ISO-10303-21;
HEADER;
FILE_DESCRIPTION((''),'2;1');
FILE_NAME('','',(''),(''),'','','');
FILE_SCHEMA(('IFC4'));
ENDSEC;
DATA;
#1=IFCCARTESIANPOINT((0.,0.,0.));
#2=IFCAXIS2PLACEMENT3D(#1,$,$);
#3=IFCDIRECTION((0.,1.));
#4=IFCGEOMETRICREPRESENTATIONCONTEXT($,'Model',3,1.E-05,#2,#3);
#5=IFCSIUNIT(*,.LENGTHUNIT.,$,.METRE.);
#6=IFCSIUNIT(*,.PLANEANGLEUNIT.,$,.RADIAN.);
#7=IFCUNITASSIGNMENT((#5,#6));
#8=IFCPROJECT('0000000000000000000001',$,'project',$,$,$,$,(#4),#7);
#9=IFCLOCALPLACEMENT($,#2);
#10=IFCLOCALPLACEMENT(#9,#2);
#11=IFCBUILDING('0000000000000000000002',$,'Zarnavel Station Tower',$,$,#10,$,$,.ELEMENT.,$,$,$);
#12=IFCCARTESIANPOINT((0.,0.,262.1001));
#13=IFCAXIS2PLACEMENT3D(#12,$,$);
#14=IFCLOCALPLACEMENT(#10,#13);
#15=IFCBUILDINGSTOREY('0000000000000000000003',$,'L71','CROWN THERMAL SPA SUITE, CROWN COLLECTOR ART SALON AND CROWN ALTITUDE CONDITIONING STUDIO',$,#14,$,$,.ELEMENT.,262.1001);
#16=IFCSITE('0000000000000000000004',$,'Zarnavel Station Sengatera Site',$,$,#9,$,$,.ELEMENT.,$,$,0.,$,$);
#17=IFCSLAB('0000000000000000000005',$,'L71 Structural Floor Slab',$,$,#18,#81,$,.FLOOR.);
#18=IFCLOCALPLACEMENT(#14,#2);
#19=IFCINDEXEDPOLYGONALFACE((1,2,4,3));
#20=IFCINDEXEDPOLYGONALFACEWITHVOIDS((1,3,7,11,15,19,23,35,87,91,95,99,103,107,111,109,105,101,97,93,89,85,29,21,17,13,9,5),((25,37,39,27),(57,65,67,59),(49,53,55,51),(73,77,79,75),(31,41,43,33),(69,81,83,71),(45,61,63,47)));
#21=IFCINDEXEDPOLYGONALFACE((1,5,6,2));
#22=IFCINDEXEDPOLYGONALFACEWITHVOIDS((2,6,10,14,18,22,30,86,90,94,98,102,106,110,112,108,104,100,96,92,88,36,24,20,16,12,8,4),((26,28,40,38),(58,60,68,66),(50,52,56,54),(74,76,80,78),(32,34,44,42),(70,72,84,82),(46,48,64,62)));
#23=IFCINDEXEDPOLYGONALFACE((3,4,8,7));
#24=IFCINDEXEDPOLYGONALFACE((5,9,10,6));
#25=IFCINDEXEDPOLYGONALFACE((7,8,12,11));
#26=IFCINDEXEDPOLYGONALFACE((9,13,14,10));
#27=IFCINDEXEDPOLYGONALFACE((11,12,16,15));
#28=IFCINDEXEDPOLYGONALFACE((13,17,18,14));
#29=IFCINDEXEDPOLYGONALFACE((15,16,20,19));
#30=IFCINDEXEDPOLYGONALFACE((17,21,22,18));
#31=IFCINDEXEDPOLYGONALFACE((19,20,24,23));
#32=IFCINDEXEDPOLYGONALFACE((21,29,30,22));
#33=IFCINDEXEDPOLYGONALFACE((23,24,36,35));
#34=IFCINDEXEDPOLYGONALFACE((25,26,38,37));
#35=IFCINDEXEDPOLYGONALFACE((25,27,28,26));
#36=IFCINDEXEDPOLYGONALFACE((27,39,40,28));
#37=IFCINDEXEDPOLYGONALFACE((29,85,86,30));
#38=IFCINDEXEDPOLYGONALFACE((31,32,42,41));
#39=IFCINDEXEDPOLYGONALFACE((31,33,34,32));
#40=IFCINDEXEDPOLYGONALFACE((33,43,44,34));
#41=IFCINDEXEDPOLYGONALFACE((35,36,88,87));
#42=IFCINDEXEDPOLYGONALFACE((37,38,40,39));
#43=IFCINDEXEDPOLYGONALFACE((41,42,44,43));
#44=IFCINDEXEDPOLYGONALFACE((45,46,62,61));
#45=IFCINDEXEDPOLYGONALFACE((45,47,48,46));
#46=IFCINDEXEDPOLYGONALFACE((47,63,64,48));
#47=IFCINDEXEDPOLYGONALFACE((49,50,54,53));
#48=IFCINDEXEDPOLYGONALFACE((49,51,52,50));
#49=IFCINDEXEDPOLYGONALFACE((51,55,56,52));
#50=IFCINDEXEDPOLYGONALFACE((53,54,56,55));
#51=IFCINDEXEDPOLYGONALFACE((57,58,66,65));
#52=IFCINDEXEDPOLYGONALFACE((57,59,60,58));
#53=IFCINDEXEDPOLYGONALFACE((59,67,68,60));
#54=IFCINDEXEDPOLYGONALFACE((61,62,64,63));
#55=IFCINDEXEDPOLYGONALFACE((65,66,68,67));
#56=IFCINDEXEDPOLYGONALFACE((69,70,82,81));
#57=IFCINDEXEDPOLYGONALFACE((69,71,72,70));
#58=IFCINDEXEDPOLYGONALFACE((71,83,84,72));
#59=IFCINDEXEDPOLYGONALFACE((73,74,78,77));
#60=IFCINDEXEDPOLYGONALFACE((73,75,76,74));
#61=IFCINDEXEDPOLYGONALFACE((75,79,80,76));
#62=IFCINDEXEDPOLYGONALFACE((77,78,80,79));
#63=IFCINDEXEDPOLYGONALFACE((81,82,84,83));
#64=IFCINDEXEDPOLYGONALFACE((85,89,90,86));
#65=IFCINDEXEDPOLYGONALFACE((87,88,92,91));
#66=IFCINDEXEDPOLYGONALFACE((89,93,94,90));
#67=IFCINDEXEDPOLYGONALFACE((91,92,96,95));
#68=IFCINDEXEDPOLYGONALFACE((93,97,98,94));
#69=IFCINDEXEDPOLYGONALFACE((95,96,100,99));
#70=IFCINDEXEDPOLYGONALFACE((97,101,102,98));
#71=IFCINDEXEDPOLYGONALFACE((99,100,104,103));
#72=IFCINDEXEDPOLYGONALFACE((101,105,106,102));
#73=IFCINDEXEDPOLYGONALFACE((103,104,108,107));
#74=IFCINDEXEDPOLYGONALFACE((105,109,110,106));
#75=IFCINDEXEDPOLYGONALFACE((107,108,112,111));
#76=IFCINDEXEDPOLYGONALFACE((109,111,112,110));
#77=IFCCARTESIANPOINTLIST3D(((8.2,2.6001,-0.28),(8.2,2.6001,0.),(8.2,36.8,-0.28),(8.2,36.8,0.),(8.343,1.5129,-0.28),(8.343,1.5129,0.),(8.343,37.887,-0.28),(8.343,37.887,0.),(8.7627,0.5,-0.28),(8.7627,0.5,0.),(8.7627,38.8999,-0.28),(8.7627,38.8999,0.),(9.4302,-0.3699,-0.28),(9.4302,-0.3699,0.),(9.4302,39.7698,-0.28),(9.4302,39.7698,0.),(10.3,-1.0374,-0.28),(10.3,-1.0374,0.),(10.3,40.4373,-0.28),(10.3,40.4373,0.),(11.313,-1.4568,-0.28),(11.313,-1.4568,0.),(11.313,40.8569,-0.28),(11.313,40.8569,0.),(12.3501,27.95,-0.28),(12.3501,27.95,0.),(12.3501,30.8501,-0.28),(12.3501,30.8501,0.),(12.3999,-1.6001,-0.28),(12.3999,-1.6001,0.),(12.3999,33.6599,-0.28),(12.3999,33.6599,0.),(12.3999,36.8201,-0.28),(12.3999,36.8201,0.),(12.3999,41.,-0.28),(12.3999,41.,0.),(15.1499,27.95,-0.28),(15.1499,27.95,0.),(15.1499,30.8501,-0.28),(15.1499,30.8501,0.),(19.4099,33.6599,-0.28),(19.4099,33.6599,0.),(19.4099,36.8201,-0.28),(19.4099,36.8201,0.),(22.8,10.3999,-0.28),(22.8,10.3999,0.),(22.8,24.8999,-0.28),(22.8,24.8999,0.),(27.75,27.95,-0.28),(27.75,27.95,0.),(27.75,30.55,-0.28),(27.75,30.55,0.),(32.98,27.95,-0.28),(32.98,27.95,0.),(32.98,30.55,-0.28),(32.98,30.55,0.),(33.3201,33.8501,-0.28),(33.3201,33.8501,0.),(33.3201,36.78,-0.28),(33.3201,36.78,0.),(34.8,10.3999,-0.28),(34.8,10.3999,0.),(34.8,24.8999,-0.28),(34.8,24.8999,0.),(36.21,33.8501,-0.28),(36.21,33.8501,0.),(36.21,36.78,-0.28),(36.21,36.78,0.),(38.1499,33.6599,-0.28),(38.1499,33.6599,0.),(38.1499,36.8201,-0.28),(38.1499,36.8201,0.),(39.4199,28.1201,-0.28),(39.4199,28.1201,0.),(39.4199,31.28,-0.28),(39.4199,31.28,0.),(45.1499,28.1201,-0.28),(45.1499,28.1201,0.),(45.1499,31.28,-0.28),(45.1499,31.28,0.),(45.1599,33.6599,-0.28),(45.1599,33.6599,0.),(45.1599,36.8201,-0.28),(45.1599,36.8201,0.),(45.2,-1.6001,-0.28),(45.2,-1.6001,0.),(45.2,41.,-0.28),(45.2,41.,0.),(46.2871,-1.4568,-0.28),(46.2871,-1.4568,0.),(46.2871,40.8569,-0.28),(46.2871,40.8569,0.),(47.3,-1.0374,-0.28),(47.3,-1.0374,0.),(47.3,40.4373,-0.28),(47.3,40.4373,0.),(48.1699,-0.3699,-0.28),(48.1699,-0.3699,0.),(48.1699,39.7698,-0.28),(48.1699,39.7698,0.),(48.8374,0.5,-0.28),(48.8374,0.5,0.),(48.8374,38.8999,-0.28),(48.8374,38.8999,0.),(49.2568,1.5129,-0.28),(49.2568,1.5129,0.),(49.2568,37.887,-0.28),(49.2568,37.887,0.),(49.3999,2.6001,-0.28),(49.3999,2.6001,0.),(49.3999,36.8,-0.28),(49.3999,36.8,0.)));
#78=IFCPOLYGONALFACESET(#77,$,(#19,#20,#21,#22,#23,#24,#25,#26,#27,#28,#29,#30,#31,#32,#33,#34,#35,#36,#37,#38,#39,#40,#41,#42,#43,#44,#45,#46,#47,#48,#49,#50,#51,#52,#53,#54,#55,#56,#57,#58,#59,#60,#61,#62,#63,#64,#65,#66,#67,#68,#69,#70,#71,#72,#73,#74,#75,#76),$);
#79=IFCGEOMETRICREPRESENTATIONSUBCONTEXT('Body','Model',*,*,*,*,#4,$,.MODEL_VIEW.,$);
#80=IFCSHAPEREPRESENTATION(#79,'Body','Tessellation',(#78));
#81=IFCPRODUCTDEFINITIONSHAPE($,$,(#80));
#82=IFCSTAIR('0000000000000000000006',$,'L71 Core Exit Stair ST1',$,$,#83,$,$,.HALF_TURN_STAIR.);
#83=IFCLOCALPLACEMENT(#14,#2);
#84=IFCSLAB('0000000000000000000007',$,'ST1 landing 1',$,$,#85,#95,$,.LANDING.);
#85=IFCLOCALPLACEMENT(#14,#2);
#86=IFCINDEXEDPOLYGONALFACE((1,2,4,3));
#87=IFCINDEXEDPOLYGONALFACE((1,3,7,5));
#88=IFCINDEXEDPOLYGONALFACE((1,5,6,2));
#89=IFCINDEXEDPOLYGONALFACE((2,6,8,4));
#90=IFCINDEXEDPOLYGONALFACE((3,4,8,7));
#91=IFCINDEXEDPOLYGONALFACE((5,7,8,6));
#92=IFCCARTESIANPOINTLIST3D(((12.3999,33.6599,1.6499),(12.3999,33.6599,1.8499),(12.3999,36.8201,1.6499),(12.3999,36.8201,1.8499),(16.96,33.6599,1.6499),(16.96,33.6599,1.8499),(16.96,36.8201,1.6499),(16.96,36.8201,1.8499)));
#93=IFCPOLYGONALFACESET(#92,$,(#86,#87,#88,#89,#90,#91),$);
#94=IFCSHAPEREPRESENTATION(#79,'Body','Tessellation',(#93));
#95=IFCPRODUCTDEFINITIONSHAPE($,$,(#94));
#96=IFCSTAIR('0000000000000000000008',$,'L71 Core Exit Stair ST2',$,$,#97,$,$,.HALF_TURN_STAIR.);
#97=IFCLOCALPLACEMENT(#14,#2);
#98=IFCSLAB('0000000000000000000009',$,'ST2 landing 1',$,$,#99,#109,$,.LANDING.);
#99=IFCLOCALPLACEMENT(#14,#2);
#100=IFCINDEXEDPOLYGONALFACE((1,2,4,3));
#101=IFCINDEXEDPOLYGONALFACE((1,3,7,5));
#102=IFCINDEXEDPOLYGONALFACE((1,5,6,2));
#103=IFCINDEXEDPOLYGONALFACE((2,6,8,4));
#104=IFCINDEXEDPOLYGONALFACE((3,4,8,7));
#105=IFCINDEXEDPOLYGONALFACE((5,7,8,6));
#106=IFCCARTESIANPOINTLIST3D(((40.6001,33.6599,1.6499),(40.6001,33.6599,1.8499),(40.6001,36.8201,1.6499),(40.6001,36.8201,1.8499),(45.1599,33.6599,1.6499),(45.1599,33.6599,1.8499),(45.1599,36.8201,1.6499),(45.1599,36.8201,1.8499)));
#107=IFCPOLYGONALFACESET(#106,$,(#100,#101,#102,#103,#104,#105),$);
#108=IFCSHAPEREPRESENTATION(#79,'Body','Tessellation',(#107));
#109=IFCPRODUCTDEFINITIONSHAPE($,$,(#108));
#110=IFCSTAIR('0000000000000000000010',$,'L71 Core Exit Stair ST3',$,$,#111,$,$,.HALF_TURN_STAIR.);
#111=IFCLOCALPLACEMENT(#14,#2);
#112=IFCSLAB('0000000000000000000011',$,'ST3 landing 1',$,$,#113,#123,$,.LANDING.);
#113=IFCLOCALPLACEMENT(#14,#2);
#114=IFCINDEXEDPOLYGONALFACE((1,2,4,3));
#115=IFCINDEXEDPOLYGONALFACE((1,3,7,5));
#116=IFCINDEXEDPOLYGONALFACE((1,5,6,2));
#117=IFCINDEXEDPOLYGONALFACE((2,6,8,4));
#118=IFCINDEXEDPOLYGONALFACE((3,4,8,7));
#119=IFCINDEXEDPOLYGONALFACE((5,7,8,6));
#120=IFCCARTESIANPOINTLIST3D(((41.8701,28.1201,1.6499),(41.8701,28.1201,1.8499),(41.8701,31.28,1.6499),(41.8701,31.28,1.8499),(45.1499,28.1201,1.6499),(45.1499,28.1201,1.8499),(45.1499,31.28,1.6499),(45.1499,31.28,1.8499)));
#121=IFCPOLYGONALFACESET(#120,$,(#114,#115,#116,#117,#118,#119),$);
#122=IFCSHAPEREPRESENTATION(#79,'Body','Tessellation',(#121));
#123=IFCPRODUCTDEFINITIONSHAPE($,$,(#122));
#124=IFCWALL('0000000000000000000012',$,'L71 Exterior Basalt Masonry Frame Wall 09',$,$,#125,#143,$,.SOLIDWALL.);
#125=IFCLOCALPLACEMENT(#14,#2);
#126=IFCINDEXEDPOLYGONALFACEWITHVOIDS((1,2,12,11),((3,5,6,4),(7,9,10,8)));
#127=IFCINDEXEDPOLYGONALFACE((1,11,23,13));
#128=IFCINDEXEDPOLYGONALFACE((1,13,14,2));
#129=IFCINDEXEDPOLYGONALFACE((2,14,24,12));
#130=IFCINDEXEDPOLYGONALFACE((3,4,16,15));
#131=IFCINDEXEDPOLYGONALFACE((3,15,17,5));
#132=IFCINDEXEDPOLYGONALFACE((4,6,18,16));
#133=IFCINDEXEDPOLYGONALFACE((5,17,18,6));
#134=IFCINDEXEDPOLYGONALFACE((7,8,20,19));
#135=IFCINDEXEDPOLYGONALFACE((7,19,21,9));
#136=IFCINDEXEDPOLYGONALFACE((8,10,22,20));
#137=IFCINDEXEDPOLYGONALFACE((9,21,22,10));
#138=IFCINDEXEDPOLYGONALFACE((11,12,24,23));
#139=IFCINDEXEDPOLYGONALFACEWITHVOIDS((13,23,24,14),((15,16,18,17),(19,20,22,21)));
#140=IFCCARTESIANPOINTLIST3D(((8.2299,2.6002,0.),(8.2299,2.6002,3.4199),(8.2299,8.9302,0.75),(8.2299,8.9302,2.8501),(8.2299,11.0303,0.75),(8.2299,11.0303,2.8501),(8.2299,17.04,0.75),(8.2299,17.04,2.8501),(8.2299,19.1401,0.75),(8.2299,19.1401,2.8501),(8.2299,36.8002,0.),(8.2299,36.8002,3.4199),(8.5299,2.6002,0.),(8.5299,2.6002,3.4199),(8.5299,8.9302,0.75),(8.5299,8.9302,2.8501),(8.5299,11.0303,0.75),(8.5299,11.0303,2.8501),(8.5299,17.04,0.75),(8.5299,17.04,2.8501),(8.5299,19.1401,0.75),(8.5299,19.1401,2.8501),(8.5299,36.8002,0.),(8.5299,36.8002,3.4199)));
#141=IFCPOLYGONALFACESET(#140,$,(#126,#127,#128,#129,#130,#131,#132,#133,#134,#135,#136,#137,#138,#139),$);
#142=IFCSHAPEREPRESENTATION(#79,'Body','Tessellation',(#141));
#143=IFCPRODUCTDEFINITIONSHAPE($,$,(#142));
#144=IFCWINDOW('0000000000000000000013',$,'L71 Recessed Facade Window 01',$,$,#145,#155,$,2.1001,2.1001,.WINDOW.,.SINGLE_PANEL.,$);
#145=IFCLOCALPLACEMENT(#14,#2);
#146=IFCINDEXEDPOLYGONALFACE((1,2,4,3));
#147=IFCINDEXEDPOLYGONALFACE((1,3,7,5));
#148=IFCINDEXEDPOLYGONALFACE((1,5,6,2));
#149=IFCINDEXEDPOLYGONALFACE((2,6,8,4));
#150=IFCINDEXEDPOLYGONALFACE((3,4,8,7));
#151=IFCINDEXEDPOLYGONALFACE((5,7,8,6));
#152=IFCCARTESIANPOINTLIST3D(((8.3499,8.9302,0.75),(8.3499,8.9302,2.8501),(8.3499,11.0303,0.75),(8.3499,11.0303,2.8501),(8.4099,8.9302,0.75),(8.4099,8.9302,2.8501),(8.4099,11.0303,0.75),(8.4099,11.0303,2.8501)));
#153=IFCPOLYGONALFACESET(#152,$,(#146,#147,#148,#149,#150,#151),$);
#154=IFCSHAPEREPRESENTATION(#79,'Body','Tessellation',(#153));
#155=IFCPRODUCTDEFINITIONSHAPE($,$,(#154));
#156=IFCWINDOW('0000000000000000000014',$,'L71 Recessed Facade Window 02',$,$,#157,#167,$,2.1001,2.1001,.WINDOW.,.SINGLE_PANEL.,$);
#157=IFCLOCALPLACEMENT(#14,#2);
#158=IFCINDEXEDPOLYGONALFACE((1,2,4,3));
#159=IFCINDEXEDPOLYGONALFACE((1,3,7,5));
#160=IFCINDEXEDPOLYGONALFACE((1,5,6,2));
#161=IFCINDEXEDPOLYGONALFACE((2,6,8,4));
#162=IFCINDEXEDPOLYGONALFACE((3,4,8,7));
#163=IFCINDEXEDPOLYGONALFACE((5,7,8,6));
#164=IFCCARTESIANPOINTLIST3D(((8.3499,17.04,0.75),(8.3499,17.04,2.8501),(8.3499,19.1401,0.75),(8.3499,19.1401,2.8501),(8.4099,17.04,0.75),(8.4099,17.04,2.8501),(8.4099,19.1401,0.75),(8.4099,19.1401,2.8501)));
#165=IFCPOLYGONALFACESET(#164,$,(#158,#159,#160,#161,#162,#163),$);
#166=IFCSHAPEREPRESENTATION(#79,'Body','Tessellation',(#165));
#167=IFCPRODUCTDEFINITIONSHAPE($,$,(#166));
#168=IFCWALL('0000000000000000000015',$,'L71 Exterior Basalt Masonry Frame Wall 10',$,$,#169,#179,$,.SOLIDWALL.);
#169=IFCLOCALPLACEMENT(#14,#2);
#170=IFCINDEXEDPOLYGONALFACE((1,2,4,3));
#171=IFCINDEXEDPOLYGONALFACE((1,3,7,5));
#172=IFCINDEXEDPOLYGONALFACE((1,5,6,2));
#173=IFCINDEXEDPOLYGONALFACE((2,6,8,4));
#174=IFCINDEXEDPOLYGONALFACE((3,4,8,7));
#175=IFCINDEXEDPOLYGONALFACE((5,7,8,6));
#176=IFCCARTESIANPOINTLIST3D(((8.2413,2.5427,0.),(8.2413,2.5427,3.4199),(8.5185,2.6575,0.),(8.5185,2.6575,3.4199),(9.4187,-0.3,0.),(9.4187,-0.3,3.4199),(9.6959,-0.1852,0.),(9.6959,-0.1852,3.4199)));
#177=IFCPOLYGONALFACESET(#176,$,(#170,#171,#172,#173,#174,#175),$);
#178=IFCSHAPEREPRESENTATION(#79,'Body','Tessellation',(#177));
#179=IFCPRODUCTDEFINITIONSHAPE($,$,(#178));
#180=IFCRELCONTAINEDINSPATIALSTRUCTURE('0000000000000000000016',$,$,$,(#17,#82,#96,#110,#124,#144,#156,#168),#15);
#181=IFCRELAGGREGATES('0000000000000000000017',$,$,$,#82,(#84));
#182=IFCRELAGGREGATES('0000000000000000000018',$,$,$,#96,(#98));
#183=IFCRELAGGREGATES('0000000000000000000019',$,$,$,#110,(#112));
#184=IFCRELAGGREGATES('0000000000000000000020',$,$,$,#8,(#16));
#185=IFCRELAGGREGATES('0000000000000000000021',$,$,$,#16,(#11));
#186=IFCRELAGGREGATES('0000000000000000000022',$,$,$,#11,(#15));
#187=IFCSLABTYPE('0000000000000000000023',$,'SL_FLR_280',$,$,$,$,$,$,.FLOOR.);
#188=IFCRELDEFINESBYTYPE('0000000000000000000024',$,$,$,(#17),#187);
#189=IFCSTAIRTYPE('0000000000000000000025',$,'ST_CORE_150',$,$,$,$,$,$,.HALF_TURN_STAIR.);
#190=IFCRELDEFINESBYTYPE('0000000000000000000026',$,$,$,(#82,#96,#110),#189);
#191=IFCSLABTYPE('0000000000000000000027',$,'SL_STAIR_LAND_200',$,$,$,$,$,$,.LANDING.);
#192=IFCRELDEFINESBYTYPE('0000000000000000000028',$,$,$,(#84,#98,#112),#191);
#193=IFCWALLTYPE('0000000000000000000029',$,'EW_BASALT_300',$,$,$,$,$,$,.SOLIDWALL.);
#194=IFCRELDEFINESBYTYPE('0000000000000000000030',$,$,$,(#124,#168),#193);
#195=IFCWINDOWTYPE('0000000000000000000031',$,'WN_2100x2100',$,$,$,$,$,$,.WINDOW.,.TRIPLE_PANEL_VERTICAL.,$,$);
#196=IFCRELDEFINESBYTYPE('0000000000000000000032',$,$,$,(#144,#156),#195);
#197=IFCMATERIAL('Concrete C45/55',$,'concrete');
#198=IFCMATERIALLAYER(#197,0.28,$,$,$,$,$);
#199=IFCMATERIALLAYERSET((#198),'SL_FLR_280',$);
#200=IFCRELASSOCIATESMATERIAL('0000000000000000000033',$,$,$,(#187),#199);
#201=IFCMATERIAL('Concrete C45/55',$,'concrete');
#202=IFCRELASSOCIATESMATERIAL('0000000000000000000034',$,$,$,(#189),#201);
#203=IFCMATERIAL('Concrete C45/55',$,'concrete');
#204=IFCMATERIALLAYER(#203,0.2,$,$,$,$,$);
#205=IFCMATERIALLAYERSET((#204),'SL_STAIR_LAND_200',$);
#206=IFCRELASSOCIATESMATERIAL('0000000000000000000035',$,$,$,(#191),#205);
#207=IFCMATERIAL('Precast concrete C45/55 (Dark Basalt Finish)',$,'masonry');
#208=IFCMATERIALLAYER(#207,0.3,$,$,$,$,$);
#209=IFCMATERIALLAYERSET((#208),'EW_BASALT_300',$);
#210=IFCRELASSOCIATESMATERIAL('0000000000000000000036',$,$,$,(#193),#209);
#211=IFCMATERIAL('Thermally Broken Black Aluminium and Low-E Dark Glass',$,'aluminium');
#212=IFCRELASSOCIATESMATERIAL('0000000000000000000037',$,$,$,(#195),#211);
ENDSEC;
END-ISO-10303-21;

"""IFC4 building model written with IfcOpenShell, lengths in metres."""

from ifc_helpers import new_model, si_unit, direction, frame, frame_2d, origin, place, context, subcontext, project, spatial, polyline, rectangle, outline, extrude, material, layer, layer_set, type_object, element, fill, aggregate, save


model = new_model("IFC4")

# Units and contexts
model_context = context("Model", 3, precision=1e-05, world=origin(), true_north=direction((0.0, 1.0)))
body_context = subcontext(model_context, "Body", "Model", "MODEL_VIEW")
ifc_project = project(units=[si_unit("LENGTHUNIT", "METRE"), si_unit("PLANEANGLEUNIT", "RADIAN")], contexts=[model_context])

# Site, building, storey
site_placement = place(None, origin())
site = spatial("IfcSite", under=ifc_project, at=site_placement, Name="Zarnavel Station Sengatera Site", CompositionType="ELEMENT", RefElevation=0.0)
building_placement = place(site_placement, origin())
building = spatial("IfcBuilding", under=site, at=building_placement, Name="Zarnavel Station Tower", CompositionType="ELEMENT")
storey_placement = place(building_placement, frame((0.0, 0.0, 262.1001)))
storey = spatial("IfcBuildingStorey", under=building, at=storey_placement, Name="L71", Description="CROWN THERMAL SPA SUITE, CROWN COLLECTOR ART SALON AND CROWN ALTITUDE CONDITIONING STUDIO", CompositionType="ELEMENT", Elevation=262.1001)

# Slab
ifc_material_1 = material(Name="Concrete C45/55", Category="concrete")
ifc_layer_1 = layer(ifc_material_1, 0.28)
ifc_layer_set_1 = layer_set([ifc_layer_1], Name="SL_FLR_280")
slab_type_1 = type_object("IfcSlabType", Name="SL_FLR_280", PredefinedType="FLOOR", material=ifc_layer_set_1)
slab_1_placement = place(storey_placement, frame((0.0, 0.0, -0.28)))
element("IfcSlab", 1, at=slab_1_placement, inside=storey, type_object=slab_type_1, Name="L71 Structural Floor Slab", PredefinedType="FLOOR", context=body_context, shape_type="SweptSolid", body=[
    extrude(outline(polyline([(45.2, -1.6001), (46.2871, -1.4568), (47.3, -1.0374), (48.1699, -0.3699), (48.8374, 0.5), (49.2568, 1.5129), (49.3999, 2.6001), (49.3999, 36.8), (49.2568, 37.887), (48.8374, 38.8999), (48.1699, 39.7698), (47.3, 40.4373), (46.2871, 40.8569), (45.2, 41.0), (12.3999, 41.0), (11.313, 40.8569), (10.3, 40.4373), (9.4302, 39.7698), (8.7627, 38.8999), (8.343, 37.887), (8.2, 36.8), (8.2, 2.6001), (8.343, 1.5129), (8.7627, 0.5), (9.4302, -0.3699), (10.3, -1.0374), (11.313, -1.4568), (12.3999, -1.6001), (45.2, -1.6001)]), holes=[polyline([(12.3999, 33.6599), (19.4099, 33.6599), (19.4099, 36.8201), (12.3999, 36.8201), (12.3999, 33.6599)]), polyline([(38.1499, 33.6599), (45.1599, 33.6599), (45.1599, 36.8201), (38.1499, 36.8201), (38.1499, 33.6599)]), polyline([(39.4199, 28.1201), (45.1499, 28.1201), (45.1499, 31.28), (39.4199, 31.28), (39.4199, 28.1201)]), polyline([(12.3501, 27.95), (15.1499, 27.95), (15.1499, 30.8501), (12.3501, 30.8501), (12.3501, 27.95)]), polyline([(33.3201, 33.8501), (36.21, 33.8501), (36.21, 36.78), (33.3201, 36.78), (33.3201, 33.8501)]), polyline([(27.75, 27.95), (32.98, 27.95), (32.98, 30.55), (27.75, 30.55), (27.75, 27.95)]), polyline([(22.8, 10.3999), (34.8, 10.3999), (34.8, 24.8999), (22.8, 24.8999), (22.8, 10.3999)])]), origin(), (0.0, 0.0, 1.0), 0.28),
])

# Stairs, slabs
ifc_material_2 = material(Name="Concrete C45/55", Category="concrete")
stair_type = type_object("IfcStairType", Name="ST_CORE_150", PredefinedType="HALF_TURN_STAIR", material=ifc_material_2)
stair_1_placement = place(storey_placement, origin())
stair_1 = element("IfcStair", 2, at=stair_1_placement, inside=storey, type_object=stair_type, Name="L71 Core Exit Stair ST1", PredefinedType="HALF_TURN_STAIR")
ifc_material_3 = material(Name="Concrete C45/55", Category="concrete")
ifc_layer_2 = layer(ifc_material_3, 0.2)
ifc_layer_set_2 = layer_set([ifc_layer_2], Name="SL_STAIR_LAND_200")
slab_type_2 = type_object("IfcSlabType", Name="SL_STAIR_LAND_200", PredefinedType="LANDING", material=ifc_layer_set_2)
slab_2_placement = place(storey_placement, frame((0.0, 0.0, 1.6499)))
slab_2 = element("IfcSlab", 3, at=slab_2_placement, type_object=slab_type_2, Name="ST1 landing 1", PredefinedType="LANDING", context=body_context, shape_type="SweptSolid", body=[
    extrude(outline(polyline([(16.96, 36.8201), (12.3999, 36.8201), (12.3999, 33.6599), (16.96, 33.6599), (16.96, 36.8201)])), origin(), (0.0, 0.0, 1.0), 0.2),
])
aggregate(stair_1, [slab_2])
stair_2_placement = place(storey_placement, origin())
stair_2 = element("IfcStair", 4, at=stair_2_placement, inside=storey, type_object=stair_type, Name="L71 Core Exit Stair ST2", PredefinedType="HALF_TURN_STAIR")
slab_3_placement = place(storey_placement, frame((0.0, 0.0, 1.6499)))
slab_3 = element("IfcSlab", 5, at=slab_3_placement, type_object=slab_type_2, Name="ST2 landing 1", PredefinedType="LANDING", context=body_context, shape_type="SweptSolid", body=[
    extrude(outline(polyline([(40.6001, 33.6599), (45.1599, 33.6599), (45.1599, 36.8201), (40.6001, 36.8201), (40.6001, 33.6599)])), origin(), (0.0, 0.0, 1.0), 0.2),
])
aggregate(stair_2, [slab_3])
stair_3_placement = place(storey_placement, origin())
stair_3 = element("IfcStair", 6, at=stair_3_placement, inside=storey, type_object=stair_type, Name="L71 Core Exit Stair ST3", PredefinedType="HALF_TURN_STAIR")
slab_4_placement = place(storey_placement, frame((0.0, 0.0, 1.6499)))
slab_4 = element("IfcSlab", 7, at=slab_4_placement, type_object=slab_type_2, Name="ST3 landing 1", PredefinedType="LANDING", context=body_context, shape_type="SweptSolid", body=[
    extrude(outline(polyline([(41.8701, 28.1201), (45.1499, 28.1201), (45.1499, 31.28), (41.8701, 31.28), (41.8701, 28.1201)])), origin(), (0.0, 0.0, 1.0), 0.2),
])
aggregate(stair_3, [slab_4])

# Wall, openings, windows
ifc_material_4 = material(Name="Precast concrete C45/55 (Dark Basalt Finish)", Category="masonry")
ifc_layer_3 = layer(ifc_material_4, 0.3)
ifc_layer_set_3 = layer_set([ifc_layer_3], Name="EW_BASALT_300")
wall_type_1 = type_object("IfcWallType", Name="EW_BASALT_300", PredefinedType="SOLIDWALL", material=ifc_layer_set_3)
wall_1_placement = place(storey_placement, frame((8.3799, 2.6001, 0.0), z_axis=(0.0, 0.0, 1.0), x_axis=(0.0, 1.0, 0.0)))
wall_1 = element("IfcWall", 8, at=wall_1_placement, inside=storey, type_object=wall_type_1, Name="L71 Exterior Basalt Masonry Frame Wall 09", PredefinedType="SOLIDWALL", context=body_context, shape_type="SweptSolid", body=[
    extrude(rectangle(XDim=34.2, YDim=0.3, at=frame_2d((17.1001, 0.0))), origin(), (0.0, 0.0, 1.0), 3.4199),
])
opening_1_placement = place(wall_1_placement, frame((6.3301, 0.0, 0.75)))
opening_1 = element("IfcOpeningElement", 9, at=opening_1_placement, cuts=wall_1, PredefinedType="OPENING", context=body_context, shape_type="SweptSolid", body=[
    extrude(rectangle(XDim=2.1001, YDim=2.1001, at=frame_2d((1.05, 1.05))), frame((0.0, 0.1599, 0.0), z_axis=(0.0, -1.0, 0.0), x_axis=(1.0, 0.0, 0.0)), (0.0, 0.0, 1.0), 0.3201),
])
opening_2_placement = place(wall_1_placement, frame((14.4399, 0.0, 0.75)))
opening_2 = element("IfcOpeningElement", 10, at=opening_2_placement, cuts=wall_1, PredefinedType="OPENING", context=body_context, shape_type="SweptSolid", body=[
    extrude(rectangle(XDim=2.1001, YDim=2.1001, at=frame_2d((1.05, 1.05))), frame((0.0, 0.1599, 0.0), z_axis=(0.0, -1.0, 0.0), x_axis=(1.0, 0.0, 0.0)), (0.0, 0.0, 1.0), 0.3201),
])
ifc_material_5 = material(Name="Thermally Broken Black Aluminium and Low-E Dark Glass", Category="aluminium")
window_type = type_object("IfcWindowType", Name="WN_2100x2100", PartitioningType="TRIPLE_PANEL_VERTICAL", PredefinedType="WINDOW", material=ifc_material_5)
window_1_placement = place(opening_1_placement, origin())
window_1 = element("IfcWindow", 11, at=window_1_placement, inside=storey, type_object=window_type, Name="L71 Recessed Facade Window 01", OverallHeight=2.1001, OverallWidth=2.1001, PartitioningType="SINGLE_PANEL", PredefinedType="WINDOW", context=body_context, shape_type="SweptSolid", body=[
    extrude(rectangle(XDim=2.1001, YDim=2.1001, at=frame_2d((1.05, 1.05))), frame((0.0, 0.03, 0.0), z_axis=(0.0, -1.0, 0.0), x_axis=(1.0, 0.0, 0.0)), (0.0, 0.0, 1.0), 0.0601),
])
fill(opening_1, window_1)
window_2_placement = place(opening_2_placement, origin())
window_2 = element("IfcWindow", 12, at=window_2_placement, inside=storey, type_object=window_type, Name="L71 Recessed Facade Window 02", OverallHeight=2.1001, OverallWidth=2.1001, PartitioningType="SINGLE_PANEL", PredefinedType="WINDOW", context=body_context, shape_type="SweptSolid", body=[
    extrude(rectangle(XDim=2.1001, YDim=2.1001, at=frame_2d((1.05, 1.05))), frame((0.0, 0.03, 0.0), z_axis=(0.0, -1.0, 0.0), x_axis=(1.0, 0.0, 0.0)), (0.0, 0.0, 1.0), 0.0601),
])
fill(opening_2, window_2)

# Wall
wall_2_placement = place(storey_placement, frame((9.5574, -0.2427, 0.0), z_axis=(0.0, 0.0, 1.0), x_axis=(-0.382676, 0.923882, 0.0)))
element("IfcWall", 13, at=wall_2_placement, inside=storey, type_object=wall_type_1, Name="L71 Exterior Basalt Masonry Frame Wall 10", PredefinedType="SOLIDWALL", context=body_context, shape_type="SweptSolid", body=[
    extrude(rectangle(XDim=3.0769, YDim=0.3, at=frame_2d((1.5386, 0.0))), origin(), (0.0, 0.0, 1.0), 3.4199),
])

save(model, "model.ifc")
